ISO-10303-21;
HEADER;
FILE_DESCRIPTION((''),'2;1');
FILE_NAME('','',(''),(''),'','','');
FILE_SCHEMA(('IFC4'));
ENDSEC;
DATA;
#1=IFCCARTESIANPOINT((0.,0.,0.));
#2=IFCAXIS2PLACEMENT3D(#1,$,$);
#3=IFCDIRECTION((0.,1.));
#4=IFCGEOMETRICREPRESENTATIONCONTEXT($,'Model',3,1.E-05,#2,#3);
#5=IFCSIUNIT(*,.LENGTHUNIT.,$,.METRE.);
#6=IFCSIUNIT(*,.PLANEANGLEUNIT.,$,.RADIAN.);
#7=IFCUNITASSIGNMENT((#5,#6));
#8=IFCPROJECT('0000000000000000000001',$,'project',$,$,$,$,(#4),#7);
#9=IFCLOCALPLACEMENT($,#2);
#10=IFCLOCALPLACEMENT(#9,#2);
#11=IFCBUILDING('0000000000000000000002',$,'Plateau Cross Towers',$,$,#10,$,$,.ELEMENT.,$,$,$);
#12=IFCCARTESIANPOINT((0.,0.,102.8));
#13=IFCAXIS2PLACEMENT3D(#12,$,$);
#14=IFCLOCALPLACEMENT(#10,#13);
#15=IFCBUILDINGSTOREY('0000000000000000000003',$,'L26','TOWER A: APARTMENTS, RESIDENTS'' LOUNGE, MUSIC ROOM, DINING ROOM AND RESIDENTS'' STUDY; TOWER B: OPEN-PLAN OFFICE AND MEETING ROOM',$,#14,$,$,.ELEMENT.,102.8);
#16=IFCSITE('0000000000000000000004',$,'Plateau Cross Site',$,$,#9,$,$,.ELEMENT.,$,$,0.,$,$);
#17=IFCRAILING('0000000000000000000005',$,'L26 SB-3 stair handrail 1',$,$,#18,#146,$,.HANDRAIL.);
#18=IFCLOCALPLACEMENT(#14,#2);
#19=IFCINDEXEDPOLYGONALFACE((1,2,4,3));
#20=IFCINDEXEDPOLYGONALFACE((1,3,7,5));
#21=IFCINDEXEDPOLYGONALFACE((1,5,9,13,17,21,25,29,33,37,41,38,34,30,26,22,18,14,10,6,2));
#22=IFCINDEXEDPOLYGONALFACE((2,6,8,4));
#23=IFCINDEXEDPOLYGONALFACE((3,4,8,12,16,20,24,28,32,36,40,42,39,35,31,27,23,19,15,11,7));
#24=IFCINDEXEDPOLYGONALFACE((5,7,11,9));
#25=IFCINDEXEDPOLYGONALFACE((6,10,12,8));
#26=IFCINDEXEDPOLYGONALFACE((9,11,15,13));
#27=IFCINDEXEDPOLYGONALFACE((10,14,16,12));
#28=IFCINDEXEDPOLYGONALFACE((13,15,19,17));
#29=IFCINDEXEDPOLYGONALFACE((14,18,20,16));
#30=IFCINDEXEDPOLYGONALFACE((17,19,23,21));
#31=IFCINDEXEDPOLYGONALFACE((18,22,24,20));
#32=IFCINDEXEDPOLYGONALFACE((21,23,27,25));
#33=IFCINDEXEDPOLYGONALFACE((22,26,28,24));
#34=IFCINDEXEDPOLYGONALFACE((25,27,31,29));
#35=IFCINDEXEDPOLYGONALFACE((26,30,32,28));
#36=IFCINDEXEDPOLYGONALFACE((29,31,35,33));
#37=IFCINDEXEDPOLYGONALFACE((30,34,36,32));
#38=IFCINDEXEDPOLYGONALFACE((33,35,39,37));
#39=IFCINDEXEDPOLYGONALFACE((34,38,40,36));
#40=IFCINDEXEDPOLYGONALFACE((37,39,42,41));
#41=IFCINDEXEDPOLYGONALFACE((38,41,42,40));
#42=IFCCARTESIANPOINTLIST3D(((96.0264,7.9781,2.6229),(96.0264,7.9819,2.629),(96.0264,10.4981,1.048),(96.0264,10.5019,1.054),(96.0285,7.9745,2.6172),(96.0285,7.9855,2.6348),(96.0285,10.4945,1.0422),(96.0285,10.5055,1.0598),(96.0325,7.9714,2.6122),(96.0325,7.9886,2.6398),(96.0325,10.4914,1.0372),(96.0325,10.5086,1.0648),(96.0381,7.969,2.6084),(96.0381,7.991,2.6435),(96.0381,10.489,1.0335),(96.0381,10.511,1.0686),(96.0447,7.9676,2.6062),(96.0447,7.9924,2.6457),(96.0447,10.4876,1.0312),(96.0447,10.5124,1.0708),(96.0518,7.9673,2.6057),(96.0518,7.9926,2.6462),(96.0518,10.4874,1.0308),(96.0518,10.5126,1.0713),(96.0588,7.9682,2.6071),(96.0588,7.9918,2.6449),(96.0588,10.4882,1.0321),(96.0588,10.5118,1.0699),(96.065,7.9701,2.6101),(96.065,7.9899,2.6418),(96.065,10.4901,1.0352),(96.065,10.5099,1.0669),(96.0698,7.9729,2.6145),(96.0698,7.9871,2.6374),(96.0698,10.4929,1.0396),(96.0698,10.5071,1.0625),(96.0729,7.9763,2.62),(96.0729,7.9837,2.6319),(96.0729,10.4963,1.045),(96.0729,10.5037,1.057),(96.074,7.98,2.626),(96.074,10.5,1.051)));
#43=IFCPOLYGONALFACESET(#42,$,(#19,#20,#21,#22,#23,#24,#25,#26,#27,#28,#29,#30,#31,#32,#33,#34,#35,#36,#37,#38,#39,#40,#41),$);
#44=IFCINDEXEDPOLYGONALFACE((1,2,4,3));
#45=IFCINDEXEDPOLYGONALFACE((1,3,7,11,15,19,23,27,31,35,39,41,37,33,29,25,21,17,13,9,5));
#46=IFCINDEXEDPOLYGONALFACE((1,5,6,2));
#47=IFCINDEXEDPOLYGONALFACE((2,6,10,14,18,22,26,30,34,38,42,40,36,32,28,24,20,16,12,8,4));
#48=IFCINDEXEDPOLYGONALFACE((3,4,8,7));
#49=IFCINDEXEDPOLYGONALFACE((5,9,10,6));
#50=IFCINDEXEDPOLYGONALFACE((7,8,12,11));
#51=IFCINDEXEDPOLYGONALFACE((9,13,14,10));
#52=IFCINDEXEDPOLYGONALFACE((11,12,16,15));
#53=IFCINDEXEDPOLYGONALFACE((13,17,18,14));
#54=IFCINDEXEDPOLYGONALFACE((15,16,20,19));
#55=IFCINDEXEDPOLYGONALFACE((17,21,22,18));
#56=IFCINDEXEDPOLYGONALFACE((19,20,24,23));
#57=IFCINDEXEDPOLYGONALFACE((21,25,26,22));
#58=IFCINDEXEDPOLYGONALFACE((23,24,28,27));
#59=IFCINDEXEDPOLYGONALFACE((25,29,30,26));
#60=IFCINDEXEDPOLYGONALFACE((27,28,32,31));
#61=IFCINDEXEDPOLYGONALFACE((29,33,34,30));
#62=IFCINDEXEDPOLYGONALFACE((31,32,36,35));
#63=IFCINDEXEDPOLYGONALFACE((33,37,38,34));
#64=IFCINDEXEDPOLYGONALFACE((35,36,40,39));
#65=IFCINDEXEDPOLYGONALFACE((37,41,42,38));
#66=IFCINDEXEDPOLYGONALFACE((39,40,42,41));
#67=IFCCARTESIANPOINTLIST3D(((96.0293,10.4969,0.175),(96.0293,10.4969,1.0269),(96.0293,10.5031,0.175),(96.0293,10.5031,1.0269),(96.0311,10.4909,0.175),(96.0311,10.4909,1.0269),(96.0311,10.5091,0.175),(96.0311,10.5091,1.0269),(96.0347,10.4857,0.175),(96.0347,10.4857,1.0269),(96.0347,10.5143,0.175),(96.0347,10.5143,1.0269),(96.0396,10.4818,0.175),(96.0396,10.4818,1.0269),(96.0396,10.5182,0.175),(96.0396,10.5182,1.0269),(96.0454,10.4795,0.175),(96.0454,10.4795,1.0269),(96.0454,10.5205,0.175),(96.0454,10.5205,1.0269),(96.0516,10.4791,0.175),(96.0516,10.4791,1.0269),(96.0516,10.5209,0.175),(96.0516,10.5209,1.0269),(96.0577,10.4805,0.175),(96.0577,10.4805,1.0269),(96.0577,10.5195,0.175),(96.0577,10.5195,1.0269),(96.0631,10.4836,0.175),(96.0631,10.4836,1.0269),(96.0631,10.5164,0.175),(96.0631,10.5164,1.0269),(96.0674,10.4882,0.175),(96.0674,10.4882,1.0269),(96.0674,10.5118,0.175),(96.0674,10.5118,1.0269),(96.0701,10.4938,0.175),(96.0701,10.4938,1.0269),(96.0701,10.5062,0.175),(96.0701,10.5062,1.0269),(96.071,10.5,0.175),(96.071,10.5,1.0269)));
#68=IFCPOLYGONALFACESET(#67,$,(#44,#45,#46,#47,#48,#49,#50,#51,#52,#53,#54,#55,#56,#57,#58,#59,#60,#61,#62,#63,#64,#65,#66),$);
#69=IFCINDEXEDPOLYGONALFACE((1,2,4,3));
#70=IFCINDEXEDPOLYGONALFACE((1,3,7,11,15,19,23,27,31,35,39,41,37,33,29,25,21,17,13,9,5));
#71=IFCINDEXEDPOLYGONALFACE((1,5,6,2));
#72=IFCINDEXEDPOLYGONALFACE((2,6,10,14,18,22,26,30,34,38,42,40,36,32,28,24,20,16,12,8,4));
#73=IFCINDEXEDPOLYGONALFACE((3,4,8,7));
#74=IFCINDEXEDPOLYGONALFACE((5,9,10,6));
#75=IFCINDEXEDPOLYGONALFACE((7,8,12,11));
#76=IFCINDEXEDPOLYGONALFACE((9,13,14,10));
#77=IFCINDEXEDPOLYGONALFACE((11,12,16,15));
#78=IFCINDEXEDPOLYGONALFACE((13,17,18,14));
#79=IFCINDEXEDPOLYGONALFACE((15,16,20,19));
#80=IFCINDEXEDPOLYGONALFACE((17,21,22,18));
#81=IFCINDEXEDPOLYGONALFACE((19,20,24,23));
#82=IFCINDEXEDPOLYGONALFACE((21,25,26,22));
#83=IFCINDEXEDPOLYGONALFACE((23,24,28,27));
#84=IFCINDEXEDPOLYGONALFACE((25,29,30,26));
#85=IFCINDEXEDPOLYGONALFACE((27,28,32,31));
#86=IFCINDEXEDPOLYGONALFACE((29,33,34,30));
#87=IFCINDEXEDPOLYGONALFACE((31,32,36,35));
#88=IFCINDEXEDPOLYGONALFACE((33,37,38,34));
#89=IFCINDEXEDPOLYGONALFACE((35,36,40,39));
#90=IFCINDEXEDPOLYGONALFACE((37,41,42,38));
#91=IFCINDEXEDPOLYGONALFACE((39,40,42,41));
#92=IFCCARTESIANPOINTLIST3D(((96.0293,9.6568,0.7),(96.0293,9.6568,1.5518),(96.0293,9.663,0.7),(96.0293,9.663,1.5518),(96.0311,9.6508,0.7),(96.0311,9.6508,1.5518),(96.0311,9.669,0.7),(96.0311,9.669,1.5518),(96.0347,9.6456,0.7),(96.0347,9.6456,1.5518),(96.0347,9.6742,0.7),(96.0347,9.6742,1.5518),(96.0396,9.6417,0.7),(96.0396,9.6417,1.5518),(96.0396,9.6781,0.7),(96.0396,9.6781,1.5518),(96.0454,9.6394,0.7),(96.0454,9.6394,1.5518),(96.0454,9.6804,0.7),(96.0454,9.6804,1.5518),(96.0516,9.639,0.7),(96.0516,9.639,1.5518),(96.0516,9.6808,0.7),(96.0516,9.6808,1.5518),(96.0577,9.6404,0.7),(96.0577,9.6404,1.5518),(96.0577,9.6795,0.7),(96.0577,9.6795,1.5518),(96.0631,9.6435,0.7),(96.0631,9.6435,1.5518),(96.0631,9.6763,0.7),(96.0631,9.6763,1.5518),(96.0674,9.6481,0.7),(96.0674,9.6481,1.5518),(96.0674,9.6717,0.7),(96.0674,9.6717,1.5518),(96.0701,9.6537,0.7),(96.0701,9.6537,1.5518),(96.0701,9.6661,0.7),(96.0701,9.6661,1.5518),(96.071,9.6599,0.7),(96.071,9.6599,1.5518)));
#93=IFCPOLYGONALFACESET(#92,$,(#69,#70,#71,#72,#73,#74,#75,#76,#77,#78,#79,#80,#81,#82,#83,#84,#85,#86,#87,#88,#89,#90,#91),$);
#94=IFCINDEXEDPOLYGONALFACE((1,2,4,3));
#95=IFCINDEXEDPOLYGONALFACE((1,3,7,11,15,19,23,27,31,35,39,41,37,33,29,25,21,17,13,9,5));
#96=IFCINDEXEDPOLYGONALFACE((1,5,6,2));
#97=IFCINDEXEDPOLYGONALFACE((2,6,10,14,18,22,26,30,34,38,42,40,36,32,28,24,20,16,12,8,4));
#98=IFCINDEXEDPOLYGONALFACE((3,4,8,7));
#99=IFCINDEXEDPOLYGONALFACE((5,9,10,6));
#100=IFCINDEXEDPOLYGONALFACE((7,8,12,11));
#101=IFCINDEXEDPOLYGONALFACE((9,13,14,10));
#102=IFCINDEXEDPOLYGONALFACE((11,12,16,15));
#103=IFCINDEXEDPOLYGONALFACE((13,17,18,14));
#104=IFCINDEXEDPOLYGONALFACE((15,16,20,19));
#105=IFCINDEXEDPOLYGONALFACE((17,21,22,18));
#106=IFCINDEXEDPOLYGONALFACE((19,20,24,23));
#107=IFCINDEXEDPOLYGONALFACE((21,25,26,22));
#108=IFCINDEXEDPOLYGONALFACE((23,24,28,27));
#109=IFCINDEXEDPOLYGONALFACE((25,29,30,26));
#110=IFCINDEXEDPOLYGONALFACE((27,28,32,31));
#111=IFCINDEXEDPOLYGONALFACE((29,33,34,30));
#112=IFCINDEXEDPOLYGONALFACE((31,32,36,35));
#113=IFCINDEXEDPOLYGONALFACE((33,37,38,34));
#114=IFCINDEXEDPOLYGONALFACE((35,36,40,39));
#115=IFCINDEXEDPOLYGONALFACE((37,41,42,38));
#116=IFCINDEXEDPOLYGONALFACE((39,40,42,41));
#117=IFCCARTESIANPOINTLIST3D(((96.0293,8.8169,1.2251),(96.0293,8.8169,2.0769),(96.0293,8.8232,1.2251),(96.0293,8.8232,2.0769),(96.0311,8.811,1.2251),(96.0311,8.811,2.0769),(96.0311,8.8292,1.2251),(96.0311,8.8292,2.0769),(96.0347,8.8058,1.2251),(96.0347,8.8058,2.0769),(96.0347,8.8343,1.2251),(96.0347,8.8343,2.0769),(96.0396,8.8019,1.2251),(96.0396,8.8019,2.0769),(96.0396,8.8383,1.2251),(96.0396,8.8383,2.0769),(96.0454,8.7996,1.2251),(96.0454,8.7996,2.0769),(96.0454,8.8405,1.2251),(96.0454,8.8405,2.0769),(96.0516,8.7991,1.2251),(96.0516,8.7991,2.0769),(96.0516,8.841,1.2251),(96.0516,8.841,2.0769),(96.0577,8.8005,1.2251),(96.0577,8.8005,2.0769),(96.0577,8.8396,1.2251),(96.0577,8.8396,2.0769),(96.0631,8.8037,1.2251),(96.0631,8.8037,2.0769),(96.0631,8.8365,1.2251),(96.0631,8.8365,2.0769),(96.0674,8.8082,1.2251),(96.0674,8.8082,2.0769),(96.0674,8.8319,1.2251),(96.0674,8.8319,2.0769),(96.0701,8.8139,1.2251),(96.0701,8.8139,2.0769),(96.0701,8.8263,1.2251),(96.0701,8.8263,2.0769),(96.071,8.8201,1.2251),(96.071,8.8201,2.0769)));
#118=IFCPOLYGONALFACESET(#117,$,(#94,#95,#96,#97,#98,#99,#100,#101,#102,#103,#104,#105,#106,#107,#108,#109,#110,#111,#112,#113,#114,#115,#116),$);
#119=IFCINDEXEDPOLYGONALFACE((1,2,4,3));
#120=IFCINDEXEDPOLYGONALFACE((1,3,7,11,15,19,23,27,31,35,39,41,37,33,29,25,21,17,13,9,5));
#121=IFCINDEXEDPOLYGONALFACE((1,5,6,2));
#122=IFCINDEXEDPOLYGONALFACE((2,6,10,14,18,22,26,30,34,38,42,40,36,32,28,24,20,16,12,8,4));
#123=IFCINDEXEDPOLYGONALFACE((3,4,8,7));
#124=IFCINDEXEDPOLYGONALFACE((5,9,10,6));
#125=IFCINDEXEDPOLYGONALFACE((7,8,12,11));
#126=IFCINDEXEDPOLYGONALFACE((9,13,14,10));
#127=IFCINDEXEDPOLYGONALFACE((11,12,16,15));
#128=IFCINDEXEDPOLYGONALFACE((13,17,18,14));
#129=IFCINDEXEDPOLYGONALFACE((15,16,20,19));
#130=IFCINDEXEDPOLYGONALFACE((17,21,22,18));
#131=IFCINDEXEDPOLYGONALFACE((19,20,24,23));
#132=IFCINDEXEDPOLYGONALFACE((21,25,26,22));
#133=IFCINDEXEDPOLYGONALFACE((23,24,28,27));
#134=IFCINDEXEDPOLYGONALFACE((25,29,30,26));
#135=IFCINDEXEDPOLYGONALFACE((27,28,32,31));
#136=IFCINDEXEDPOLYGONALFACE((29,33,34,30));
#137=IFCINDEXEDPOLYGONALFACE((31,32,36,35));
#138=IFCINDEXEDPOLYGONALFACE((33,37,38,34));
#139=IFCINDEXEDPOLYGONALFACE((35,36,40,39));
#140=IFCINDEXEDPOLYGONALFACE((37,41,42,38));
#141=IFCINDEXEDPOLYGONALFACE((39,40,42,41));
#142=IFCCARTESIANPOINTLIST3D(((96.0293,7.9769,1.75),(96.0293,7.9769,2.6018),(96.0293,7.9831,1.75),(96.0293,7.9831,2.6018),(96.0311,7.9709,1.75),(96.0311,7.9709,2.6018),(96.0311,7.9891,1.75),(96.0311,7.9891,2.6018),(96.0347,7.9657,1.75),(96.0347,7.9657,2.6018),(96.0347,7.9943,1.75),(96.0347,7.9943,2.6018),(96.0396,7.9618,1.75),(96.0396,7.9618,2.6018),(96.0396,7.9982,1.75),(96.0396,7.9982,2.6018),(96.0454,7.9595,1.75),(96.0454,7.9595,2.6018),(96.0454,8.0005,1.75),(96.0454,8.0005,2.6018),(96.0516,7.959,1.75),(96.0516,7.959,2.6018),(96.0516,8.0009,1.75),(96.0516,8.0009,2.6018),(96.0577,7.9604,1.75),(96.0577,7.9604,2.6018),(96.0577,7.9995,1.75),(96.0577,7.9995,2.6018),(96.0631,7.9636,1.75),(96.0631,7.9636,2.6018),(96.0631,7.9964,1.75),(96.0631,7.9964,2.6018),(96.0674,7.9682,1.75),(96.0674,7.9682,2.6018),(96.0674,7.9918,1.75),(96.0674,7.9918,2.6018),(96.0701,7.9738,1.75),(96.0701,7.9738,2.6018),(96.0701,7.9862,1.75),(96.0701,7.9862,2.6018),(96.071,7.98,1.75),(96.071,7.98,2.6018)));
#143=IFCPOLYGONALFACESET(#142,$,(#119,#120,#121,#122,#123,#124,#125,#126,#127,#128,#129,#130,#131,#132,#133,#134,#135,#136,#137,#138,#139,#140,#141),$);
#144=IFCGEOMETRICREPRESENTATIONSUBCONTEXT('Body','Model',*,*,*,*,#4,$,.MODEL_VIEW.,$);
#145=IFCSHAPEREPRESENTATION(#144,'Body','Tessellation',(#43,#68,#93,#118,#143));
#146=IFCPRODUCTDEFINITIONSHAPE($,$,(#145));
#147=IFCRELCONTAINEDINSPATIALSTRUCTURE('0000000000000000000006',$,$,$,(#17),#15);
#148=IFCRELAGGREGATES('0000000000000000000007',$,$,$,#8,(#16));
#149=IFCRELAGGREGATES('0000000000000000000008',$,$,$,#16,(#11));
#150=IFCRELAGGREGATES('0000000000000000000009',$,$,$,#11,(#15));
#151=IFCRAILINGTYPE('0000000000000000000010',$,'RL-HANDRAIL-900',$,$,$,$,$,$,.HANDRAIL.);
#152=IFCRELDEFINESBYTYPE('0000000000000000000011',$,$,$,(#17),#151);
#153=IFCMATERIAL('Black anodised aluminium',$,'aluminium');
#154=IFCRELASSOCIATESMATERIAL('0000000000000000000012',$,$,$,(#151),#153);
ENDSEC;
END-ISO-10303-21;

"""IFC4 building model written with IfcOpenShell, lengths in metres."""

from ifc_helpers import new_model, si_unit, direction, frame, origin, origin_2d, place, context, subcontext, project, spatial, circle, extrude, material, type_object, element, save


model = new_model("IFC4")

# Units and contexts
model_context = context("Model", 3, precision=1e-05, world=origin(), true_north=direction((0.0, 1.0)))
body_context = subcontext(model_context, "Body", "Model", "MODEL_VIEW")
ifc_project = project(units=[si_unit("LENGTHUNIT", "METRE"), si_unit("PLANEANGLEUNIT", "RADIAN")], contexts=[model_context])

# Site, building, storey
site_placement = place(None, origin())
site = spatial("IfcSite", under=ifc_project, at=site_placement, Name="Plateau Cross Site", CompositionType="ELEMENT", RefElevation=0.0)
building_placement = place(site_placement, origin())
building = spatial("IfcBuilding", under=site, at=building_placement, Name="Plateau Cross Towers", CompositionType="ELEMENT")
storey_placement = place(building_placement, frame((0.0, 0.0, 102.8)))
storey = spatial("IfcBuildingStorey", under=building, at=storey_placement, Name="L26", Description="TOWER A: APARTMENTS, RESIDENTS' LOUNGE, MUSIC ROOM, DINING ROOM AND RESIDENTS' STUDY; TOWER B: OPEN-PLAN OFFICE AND MEETING ROOM", CompositionType="ELEMENT", Elevation=102.8)

# Shared definitions
ifc_material_1 = material(Name="Black anodised aluminium", Category="aluminium")

# Railing
railing_type_1 = type_object("IfcRailingType", Name="RL-HANDRAIL-900", PredefinedType="HANDRAIL", material=ifc_material_1)
railing_1_placement = place(storey_placement, frame((96.05, 10.5, 0.175)))
element("IfcRailing", 1, at=railing_1_placement, inside=storey, type_object=railing_type_1, Name="L26 SB-3 stair handrail 1", PredefinedType="HANDRAIL", context=body_context, shape_type="SweptSolid", body=[
    extrude(circle(Radius=0.0239, at=origin_2d()), frame((0.0, 0.0, 0.876), z_axis=(0.0, -0.848008, 0.529984), x_axis=(1.0, 0.0, 0.0)), (0.0, 0.0, 1.0), 2.9717),
    extrude(circle(Radius=0.021, at=origin_2d()), origin(), (0.0, 0.0, 1.0), 0.8518),
    extrude(circle(Radius=0.021, at=origin_2d()), frame((0.0, -0.8401, 0.5249)), (0.0, 0.0, 1.0), 0.8518),
    extrude(circle(Radius=0.021, at=origin_2d()), frame((0.0, -1.6799, 1.05)), (0.0, 0.0, 1.0), 0.8518),
    extrude(circle(Radius=0.021, at=origin_2d()), frame((0.0, -2.52, 1.575)), (0.0, 0.0, 1.0), 0.8518),
])

save(model, "model.ifc")
